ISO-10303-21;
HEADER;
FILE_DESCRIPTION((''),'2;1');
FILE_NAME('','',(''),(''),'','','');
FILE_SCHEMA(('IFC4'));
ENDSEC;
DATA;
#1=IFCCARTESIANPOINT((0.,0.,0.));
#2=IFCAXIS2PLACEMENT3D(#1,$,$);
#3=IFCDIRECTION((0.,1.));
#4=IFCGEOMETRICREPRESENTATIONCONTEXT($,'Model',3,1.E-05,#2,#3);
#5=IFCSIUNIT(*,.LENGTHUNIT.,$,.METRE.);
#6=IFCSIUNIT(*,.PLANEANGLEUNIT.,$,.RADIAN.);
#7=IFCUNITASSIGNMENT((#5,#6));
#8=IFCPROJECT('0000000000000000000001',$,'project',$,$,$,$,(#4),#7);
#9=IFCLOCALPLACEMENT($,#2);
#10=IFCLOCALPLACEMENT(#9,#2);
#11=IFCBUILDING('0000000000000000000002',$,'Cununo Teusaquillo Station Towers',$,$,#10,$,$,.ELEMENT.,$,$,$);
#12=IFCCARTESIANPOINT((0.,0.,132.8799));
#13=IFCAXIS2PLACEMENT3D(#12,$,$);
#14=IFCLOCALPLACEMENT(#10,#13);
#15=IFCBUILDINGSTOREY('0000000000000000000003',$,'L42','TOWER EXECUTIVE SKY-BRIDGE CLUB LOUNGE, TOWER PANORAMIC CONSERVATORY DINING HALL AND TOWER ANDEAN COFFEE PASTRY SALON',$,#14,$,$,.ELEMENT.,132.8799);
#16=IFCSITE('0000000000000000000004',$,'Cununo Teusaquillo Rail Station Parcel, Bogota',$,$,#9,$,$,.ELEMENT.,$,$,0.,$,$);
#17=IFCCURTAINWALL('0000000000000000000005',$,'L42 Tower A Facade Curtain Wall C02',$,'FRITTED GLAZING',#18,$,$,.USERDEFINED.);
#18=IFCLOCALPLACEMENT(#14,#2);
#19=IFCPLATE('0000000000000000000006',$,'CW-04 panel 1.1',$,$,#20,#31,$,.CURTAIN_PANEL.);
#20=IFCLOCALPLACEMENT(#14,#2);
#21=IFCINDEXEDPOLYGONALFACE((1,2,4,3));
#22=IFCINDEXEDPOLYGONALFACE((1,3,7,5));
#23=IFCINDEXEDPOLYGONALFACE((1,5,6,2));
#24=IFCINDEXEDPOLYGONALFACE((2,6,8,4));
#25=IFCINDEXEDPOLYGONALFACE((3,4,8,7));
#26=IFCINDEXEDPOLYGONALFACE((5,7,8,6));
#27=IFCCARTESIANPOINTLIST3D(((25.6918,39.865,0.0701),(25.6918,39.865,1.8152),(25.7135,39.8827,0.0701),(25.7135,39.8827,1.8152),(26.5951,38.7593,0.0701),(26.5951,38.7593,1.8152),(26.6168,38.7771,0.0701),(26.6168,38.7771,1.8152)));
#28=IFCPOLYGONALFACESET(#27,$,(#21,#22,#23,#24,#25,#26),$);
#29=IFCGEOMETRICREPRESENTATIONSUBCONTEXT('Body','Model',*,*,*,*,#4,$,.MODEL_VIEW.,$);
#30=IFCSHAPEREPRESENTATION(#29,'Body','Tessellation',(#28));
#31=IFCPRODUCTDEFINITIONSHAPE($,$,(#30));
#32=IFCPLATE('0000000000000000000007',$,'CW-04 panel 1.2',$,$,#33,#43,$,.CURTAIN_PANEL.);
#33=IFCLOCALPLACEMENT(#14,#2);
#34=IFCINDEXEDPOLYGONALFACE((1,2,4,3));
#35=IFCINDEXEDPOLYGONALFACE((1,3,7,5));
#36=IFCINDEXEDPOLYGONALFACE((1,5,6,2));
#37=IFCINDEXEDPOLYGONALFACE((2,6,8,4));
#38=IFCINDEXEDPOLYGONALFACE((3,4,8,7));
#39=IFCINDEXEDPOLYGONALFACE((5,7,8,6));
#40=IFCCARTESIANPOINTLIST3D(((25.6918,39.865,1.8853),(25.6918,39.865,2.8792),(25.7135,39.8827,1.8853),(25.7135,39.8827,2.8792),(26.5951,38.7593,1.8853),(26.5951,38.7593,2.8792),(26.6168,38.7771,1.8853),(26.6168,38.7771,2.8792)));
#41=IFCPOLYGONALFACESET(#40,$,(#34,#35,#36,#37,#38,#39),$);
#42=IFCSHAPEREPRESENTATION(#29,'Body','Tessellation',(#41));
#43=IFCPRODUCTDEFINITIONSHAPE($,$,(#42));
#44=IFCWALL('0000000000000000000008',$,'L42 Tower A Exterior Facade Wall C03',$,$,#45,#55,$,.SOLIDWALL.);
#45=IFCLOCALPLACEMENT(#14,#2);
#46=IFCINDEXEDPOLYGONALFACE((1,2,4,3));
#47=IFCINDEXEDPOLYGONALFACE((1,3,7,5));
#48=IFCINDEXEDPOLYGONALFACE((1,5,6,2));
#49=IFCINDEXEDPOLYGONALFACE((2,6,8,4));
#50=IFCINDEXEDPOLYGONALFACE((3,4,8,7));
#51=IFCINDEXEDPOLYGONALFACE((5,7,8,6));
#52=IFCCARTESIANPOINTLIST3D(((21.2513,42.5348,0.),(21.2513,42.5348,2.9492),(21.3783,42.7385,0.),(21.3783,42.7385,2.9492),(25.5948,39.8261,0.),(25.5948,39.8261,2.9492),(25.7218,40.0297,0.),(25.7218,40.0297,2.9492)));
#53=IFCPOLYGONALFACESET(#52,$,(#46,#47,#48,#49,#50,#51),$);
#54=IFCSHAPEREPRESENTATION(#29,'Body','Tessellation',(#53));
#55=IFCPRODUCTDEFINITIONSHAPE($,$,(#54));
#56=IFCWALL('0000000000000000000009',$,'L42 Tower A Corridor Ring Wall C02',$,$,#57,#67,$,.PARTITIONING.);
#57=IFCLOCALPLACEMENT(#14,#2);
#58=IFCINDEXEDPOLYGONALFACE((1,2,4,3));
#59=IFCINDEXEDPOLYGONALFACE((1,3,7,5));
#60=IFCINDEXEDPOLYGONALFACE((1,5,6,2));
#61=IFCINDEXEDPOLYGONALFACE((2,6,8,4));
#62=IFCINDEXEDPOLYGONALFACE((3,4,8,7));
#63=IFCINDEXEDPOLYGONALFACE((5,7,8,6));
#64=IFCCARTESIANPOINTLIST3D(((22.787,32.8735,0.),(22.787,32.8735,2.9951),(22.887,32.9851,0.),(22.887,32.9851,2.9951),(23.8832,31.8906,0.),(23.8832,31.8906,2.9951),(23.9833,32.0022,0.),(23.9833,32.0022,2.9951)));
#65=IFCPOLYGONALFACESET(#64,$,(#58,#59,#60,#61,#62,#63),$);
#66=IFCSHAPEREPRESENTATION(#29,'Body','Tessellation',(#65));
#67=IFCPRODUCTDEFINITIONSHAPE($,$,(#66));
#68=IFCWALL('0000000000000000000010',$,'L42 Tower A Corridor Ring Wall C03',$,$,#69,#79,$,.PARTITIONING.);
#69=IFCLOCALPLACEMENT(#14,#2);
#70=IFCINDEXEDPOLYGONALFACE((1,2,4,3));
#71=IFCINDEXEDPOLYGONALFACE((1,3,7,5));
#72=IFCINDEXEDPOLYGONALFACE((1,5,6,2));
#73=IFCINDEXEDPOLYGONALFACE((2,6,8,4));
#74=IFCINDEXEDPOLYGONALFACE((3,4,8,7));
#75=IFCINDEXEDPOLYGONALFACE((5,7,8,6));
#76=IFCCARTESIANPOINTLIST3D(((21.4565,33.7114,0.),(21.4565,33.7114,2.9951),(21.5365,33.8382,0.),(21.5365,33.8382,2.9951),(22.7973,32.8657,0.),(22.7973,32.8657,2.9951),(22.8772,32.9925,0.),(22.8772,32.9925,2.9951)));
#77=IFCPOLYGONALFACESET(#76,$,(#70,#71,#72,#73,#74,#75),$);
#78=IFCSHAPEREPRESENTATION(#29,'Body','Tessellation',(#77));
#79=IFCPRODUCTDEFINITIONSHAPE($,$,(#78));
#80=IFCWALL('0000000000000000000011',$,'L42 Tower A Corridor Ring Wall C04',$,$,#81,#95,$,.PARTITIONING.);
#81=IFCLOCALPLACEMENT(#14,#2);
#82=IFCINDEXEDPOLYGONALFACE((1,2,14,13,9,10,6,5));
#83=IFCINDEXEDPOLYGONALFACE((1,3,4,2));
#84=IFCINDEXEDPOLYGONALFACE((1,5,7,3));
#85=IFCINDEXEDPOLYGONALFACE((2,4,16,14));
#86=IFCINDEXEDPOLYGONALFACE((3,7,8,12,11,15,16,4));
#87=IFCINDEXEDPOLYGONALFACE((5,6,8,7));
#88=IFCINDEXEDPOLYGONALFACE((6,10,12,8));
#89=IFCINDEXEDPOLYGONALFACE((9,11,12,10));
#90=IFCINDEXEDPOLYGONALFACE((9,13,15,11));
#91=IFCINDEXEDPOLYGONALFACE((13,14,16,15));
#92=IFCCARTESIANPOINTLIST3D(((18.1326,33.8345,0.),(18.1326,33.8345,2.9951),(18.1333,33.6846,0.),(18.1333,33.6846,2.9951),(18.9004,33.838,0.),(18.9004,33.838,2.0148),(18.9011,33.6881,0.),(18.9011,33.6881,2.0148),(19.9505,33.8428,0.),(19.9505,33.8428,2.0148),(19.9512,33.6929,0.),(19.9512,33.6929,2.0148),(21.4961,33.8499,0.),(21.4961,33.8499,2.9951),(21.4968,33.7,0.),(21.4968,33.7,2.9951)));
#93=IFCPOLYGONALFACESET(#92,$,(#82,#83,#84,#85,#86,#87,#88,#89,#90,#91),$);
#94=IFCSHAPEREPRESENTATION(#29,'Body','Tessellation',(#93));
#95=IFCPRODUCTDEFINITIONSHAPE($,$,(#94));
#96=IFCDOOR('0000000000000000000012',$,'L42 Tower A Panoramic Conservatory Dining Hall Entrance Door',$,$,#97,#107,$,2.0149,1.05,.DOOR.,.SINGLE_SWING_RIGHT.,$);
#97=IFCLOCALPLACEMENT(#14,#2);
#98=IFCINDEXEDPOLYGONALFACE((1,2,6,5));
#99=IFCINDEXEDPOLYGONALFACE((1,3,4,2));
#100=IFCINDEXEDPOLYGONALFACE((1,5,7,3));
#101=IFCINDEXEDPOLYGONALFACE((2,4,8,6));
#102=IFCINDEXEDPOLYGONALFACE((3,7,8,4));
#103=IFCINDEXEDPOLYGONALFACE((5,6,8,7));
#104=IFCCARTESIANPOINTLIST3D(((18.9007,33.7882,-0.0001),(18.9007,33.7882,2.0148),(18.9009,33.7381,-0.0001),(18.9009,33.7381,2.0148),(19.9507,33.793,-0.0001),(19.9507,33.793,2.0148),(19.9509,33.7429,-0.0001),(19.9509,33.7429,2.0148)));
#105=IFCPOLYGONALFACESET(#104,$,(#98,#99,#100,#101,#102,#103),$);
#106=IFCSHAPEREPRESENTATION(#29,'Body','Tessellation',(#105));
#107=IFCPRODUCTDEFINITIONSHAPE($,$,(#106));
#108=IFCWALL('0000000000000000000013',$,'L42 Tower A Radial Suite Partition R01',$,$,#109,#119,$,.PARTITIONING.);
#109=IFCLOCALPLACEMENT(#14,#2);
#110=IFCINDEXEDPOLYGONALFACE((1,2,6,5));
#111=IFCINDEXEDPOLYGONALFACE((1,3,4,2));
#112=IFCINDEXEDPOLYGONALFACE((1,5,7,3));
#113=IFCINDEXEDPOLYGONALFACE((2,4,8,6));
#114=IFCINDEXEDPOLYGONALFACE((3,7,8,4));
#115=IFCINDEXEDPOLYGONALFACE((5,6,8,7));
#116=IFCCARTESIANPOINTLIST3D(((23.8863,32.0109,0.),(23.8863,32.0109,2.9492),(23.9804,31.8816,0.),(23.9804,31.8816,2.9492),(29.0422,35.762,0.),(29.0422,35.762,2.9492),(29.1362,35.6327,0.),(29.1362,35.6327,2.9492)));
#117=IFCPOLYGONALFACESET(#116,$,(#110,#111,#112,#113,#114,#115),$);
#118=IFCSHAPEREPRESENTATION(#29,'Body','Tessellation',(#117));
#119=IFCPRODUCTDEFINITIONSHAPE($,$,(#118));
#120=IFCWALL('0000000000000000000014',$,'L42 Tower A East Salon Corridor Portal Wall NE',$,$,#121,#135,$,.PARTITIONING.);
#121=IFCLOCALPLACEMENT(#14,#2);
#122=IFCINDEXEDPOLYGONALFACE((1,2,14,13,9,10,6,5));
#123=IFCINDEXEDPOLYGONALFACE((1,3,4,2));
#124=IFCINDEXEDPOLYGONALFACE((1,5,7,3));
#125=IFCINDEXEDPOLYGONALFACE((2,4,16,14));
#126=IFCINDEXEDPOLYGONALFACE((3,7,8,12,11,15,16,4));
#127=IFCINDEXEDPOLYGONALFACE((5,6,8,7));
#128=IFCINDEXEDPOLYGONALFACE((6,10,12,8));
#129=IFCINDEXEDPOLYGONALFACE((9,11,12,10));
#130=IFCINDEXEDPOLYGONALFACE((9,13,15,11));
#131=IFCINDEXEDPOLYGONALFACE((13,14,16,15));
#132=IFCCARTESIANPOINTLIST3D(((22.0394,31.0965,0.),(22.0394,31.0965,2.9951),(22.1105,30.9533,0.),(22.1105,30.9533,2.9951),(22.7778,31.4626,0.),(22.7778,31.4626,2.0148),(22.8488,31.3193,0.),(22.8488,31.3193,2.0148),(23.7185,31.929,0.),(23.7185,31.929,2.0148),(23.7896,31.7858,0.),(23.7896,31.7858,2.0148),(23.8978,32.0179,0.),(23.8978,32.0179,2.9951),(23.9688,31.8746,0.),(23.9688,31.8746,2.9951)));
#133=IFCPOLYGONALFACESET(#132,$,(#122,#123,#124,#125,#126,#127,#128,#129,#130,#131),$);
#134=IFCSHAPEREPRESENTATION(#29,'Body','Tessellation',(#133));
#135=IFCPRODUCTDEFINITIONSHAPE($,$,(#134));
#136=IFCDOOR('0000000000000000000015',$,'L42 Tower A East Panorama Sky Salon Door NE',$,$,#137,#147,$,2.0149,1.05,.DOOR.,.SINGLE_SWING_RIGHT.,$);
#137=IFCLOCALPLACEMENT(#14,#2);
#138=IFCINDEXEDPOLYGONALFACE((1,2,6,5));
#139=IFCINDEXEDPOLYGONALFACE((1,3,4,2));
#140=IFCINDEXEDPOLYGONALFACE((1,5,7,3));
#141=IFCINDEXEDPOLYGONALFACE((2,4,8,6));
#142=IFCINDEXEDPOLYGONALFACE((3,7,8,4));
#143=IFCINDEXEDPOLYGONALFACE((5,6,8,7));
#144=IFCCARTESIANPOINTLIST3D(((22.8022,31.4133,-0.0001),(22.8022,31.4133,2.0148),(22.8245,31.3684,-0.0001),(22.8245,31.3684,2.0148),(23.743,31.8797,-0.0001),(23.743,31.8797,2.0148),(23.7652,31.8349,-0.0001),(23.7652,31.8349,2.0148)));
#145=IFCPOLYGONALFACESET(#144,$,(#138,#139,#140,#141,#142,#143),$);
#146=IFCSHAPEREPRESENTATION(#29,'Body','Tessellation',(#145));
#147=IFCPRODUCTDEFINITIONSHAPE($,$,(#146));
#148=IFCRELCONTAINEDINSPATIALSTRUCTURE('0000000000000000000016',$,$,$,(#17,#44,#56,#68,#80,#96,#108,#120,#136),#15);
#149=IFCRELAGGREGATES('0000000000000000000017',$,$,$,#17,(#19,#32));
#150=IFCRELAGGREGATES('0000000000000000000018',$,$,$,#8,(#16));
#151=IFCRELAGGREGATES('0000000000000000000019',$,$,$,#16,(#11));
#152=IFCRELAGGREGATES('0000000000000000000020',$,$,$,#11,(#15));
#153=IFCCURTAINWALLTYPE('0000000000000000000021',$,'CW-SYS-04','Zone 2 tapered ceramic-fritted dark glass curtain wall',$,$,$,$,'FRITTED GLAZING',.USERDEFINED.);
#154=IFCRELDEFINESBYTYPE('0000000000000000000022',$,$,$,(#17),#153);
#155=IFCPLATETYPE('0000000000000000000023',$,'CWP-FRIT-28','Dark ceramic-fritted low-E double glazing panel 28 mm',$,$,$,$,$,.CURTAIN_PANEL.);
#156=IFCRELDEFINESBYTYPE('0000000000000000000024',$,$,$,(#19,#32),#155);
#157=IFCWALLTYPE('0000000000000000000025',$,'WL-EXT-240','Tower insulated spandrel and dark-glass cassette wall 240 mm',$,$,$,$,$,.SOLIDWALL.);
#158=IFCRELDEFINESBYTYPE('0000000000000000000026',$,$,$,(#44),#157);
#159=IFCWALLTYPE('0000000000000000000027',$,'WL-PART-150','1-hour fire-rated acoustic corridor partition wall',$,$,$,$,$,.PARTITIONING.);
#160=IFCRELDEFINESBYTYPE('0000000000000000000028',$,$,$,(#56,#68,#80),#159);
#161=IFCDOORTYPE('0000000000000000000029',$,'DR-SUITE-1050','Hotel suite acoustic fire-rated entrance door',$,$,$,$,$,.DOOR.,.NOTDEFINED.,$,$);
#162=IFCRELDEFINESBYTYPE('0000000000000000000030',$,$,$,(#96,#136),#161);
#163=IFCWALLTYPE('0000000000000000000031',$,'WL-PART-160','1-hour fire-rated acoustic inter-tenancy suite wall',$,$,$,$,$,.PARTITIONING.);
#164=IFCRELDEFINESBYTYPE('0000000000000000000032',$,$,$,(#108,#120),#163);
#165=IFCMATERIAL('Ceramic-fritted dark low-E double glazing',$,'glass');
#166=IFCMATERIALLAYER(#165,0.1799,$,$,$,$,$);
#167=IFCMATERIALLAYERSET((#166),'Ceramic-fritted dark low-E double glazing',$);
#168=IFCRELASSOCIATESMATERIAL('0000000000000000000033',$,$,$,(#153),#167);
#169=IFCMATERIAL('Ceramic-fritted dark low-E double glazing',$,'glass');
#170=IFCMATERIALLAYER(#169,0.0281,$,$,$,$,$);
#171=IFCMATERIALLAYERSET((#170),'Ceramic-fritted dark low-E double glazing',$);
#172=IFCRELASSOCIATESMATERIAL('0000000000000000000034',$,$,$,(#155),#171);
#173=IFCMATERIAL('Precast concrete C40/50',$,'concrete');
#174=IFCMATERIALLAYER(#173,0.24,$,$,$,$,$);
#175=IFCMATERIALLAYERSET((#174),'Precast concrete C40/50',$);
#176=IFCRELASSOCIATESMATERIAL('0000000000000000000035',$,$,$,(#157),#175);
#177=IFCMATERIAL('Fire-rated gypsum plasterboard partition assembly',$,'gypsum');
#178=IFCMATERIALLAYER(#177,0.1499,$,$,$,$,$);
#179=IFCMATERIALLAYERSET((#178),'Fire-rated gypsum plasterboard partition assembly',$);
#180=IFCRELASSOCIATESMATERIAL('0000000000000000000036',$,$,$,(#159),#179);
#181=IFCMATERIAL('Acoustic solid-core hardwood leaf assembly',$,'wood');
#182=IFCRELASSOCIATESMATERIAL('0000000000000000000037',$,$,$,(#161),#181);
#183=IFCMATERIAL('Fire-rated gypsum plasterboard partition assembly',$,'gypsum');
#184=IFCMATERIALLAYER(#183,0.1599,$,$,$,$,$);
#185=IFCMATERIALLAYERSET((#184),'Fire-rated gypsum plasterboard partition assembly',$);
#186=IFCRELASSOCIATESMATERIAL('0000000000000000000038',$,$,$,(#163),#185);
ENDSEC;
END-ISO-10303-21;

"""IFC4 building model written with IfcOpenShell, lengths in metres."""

from ifc_helpers import new_model, si_unit, direction, frame, frame_2d, origin, origin_2d, place, context, subcontext, project, spatial, rectangle, extrude, source, transform, mapped, material, layer, layer_set, type_object, element, fill, aggregate, save


model = new_model("IFC4")

# Units and contexts
model_context = context("Model", 3, precision=1e-05, world=origin(), true_north=direction((0.0, 1.0)))
body_context = subcontext(model_context, "Body", "Model", "MODEL_VIEW")
ifc_project = project(units=[si_unit("LENGTHUNIT", "METRE"), si_unit("PLANEANGLEUNIT", "RADIAN")], contexts=[model_context])

# Site, building, storey
site_placement = place(None, origin())
site = spatial("IfcSite", under=ifc_project, at=site_placement, Name="Cununo Teusaquillo Rail Station Parcel, Bogota", CompositionType="ELEMENT", RefElevation=0.0)
building_placement = place(site_placement, origin())
building = spatial("IfcBuilding", under=site, at=building_placement, Name="Cununo Teusaquillo Station Towers", CompositionType="ELEMENT")
storey_placement = place(building_placement, frame((0.0, 0.0, 132.8799)))
storey = spatial("IfcBuildingStorey", under=building, at=storey_placement, Name="L42", Description="TOWER EXECUTIVE SKY-BRIDGE CLUB LOUNGE, TOWER PANORAMIC CONSERVATORY DINING HALL AND TOWER ANDEAN COFFEE PASTRY SALON", CompositionType="ELEMENT", Elevation=132.8799)

# Curtain wall
ifc_material_1 = material(Name="Ceramic-fritted dark low-E double glazing", Category="glass")
ifc_layer_1 = layer(ifc_material_1, 0.1799)
ifc_layer_set_1 = layer_set([ifc_layer_1], Name="Ceramic-fritted dark low-E double glazing")
curtain_wall_type = type_object("IfcCurtainWallType", Name="CW-SYS-04", Description="Zone 2 tapered ceramic-fritted dark glass curtain wall", ElementType="FRITTED GLAZING", PredefinedType="USERDEFINED", material=ifc_layer_set_1)
curtain_wall_placement = place(storey_placement, origin())
curtain_wall = element("IfcCurtainWall", 1, at=curtain_wall_placement, inside=storey, type_object=curtain_wall_type, Name="L42 Tower A Facade Curtain Wall C02", ObjectType="FRITTED GLAZING", PredefinedType="USERDEFINED")

# Plates
ifc_material_2 = material(Name="Ceramic-fritted dark low-E double glazing", Category="glass")
ifc_layer_2 = layer(ifc_material_2, 0.0281)
ifc_layer_set_2 = layer_set([ifc_layer_2], Name="Ceramic-fritted dark low-E double glazing")
plate_type = type_object("IfcPlateType", Name="CWP-FRIT-28", Description="Dark ceramic-fritted low-E double glazing panel 28 mm", PredefinedType="CURTAIN_PANEL", material=ifc_layer_set_2)
shared_shape_1 = source(origin(), body_context, "Body", "SweptSolid", [
    extrude(rectangle(XDim=1.4277, YDim=0.0281, at=origin_2d()), origin(), (0.0, 0.0, 1.0), 1.7451),
])
plate_1_placement = place(storey_placement, frame((26.1543, 39.321, 0.0701), z_axis=(0.0, 0.0, 1.0), x_axis=(0.632704, -0.774394, 0.0)))
plate_1 = element("IfcPlate", 2, at=plate_1_placement, type_object=plate_type, Name="CW-04 panel 1.1", PredefinedType="CURTAIN_PANEL", context=body_context, shape_type="MappedRepresentation", body=[
    mapped(shared_shape_1, transform((0.0, 0.0, 0.0), x_axis=(1.0, 0.0, 0.0), y_axis=(0.0, 1.0, 0.0), z_axis=(0.0, 0.0, 1.0), scale=1.0)),
])
shared_shape_2 = source(origin(), body_context, "Body", "SweptSolid", [
    extrude(rectangle(XDim=1.4277, YDim=0.0281, at=origin_2d()), origin(), (0.0, 0.0, 1.0), 0.9939),
])
plate_2_placement = place(storey_placement, frame((26.1543, 39.321, 1.8853), z_axis=(0.0, 0.0, 1.0), x_axis=(0.632704, -0.774394, 0.0)))
plate_2 = element("IfcPlate", 3, at=plate_2_placement, type_object=plate_type, Name="CW-04 panel 1.2", PredefinedType="CURTAIN_PANEL", context=body_context, shape_type="MappedRepresentation", body=[
    mapped(shared_shape_2, transform((0.0, 0.0, 0.0), x_axis=(1.0, 0.0, 0.0), y_axis=(0.0, 1.0, 0.0), z_axis=(0.0, 0.0, 1.0), scale=1.0)),
])
aggregate(curtain_wall, [plate_1, plate_2])

# Walls
ifc_material_3 = material(Name="Precast concrete C40/50", Category="concrete")
ifc_layer_3 = layer(ifc_material_3, 0.24)
ifc_layer_set_3 = layer_set([ifc_layer_3], Name="Precast concrete C40/50")
wall_type_1 = type_object("IfcWallType", Name="WL-EXT-240", Description="Tower insulated spandrel and dark-glass cassette wall 240 mm", PredefinedType="SOLIDWALL", material=ifc_layer_set_3)
wall_1_placement = place(storey_placement, frame((21.3147, 42.6367, 0.0), z_axis=(0.0, 0.0, 1.0), x_axis=(0.84852, -0.529163, 0.0)))
element("IfcWall", 4, at=wall_1_placement, inside=storey, type_object=wall_type_1, Name="L42 Tower A Exterior Facade Wall C03", PredefinedType="SOLIDWALL", context=body_context, shape_type="SweptSolid", body=[
    extrude(rectangle(XDim=5.1189, YDim=0.24, at=frame_2d((2.5596, 0.0))), origin(), (0.0, 0.0, 1.0), 2.9492),
])
ifc_material_4 = material(Name="Fire-rated gypsum plasterboard partition assembly", Category="gypsum")
ifc_layer_4 = layer(ifc_material_4, 0.1499)
ifc_layer_set_4 = layer_set([ifc_layer_4], Name="Fire-rated gypsum plasterboard partition assembly")
wall_type_2 = type_object("IfcWallType", Name="WL-PART-150", Description="1-hour fire-rated acoustic corridor partition wall", PredefinedType="PARTITIONING", material=ifc_layer_set_4)
wall_2_placement = place(storey_placement, frame((23.9333, 31.9463, 0.0), z_axis=(0.0, 0.0, 1.0), x_axis=(-0.74453, 0.667589, 0.0)))
element("IfcWall", 5, at=wall_2_placement, inside=storey, type_object=wall_type_2, Name="L42 Tower A Corridor Ring Wall C02", PredefinedType="PARTITIONING", context=body_context, shape_type="SweptSolid", body=[
    extrude(rectangle(XDim=1.4724, YDim=0.1499, at=frame_2d((0.7363, 0.0))), origin(), (0.0, 0.0, 1.0), 2.9951),
])
wall_3_placement = place(storey_placement, frame((22.8372, 32.9292, 0.0), z_axis=(0.0, 0.0, 1.0), x_axis=(-0.845811, 0.533483, 0.0)))
element("IfcWall", 6, at=wall_3_placement, inside=storey, type_object=wall_type_2, Name="L42 Tower A Corridor Ring Wall C03", PredefinedType="PARTITIONING", context=body_context, shape_type="SweptSolid", body=[
    extrude(rectangle(XDim=1.5852, YDim=0.1499, at=frame_2d((0.7925, 0.0))), origin(), (0.0, 0.0, 1.0), 2.9951),
])

# Wall, opening, door
wall_4_placement = place(storey_placement, frame((21.4963, 33.7749, 0.0), z_axis=(0.0, 0.0, 1.0), x_axis=(-0.99999, -0.004573, 0.0)))
wall_4 = element("IfcWall", 7, at=wall_4_placement, inside=storey, type_object=wall_type_2, Name="L42 Tower A Corridor Ring Wall C04", PredefinedType="PARTITIONING", context=body_context, shape_type="SweptSolid", body=[
    extrude(rectangle(XDim=3.3635, YDim=0.1499, at=frame_2d((1.6816, 0.0))), origin(), (0.0, 0.0, 1.0), 2.9951),
])
shared_shape_3 = source(origin(), body_context, "Body", "SweptSolid", [
    extrude(rectangle(XDim=1.05, YDim=2.0149, at=frame_2d((0.5249, 1.0073))), frame((0.0, 0.085, 0.0), z_axis=(0.0, -1.0, 0.0), x_axis=(1.0, 0.0, 0.0)), (0.0, 0.0, 1.0), 0.1699),
])
opening_1_placement = place(wall_4_placement, frame((1.5457, 0.0, 0.0)))
opening_1 = element("IfcOpeningElement", 8, at=opening_1_placement, cuts=wall_4, PredefinedType="OPENING", context=body_context, shape_type="MappedRepresentation", body=[
    mapped(shared_shape_3, transform((0.0, 0.0, 0.0), x_axis=(1.0, 0.0, 0.0), y_axis=(0.0, 1.0, 0.0), z_axis=(0.0, 0.0, 1.0), scale=1.0)),
])
ifc_material_5 = material(Name="Acoustic solid-core hardwood leaf assembly", Category="wood")
door_type = type_object("IfcDoorType", Name="DR-SUITE-1050", Description="Hotel suite acoustic fire-rated entrance door", OperationType="NOTDEFINED", PredefinedType="DOOR", material=ifc_material_5)
shared_shape_4 = source(origin(), body_context, "Body", "SweptSolid", [
    extrude(rectangle(XDim=1.05, YDim=2.0149, at=frame_2d((0.5249, 1.0073))), frame((0.0, 0.0249, 0.0), z_axis=(0.0, -1.0, 0.0), x_axis=(1.0, 0.0, 0.0)), (0.0, 0.0, 1.0), 0.05),
])
door_1_placement = place(opening_1_placement, origin())
door_1 = element("IfcDoor", 9, at=door_1_placement, inside=storey, type_object=door_type, Name="L42 Tower A Panoramic Conservatory Dining Hall Entrance Door", OperationType="SINGLE_SWING_RIGHT", OverallHeight=2.0149, OverallWidth=1.05, PredefinedType="DOOR", context=body_context, shape_type="MappedRepresentation", body=[
    mapped(shared_shape_4, transform((0.0, 0.0, 0.0), x_axis=(1.0, 0.0, 0.0), y_axis=(0.0, 1.0, 0.0), z_axis=(0.0, 0.0, 1.0), scale=1.0)),
])
fill(opening_1, door_1)

# Wall
ifc_material_6 = material(Name="Fire-rated gypsum plasterboard partition assembly", Category="gypsum")
ifc_layer_5 = layer(ifc_material_6, 0.1599)
ifc_layer_set_5 = layer_set([ifc_layer_5], Name="Fire-rated gypsum plasterboard partition assembly")
wall_type_3 = type_object("IfcWallType", Name="WL-PART-160", Description="1-hour fire-rated acoustic inter-tenancy suite wall", PredefinedType="PARTITIONING", material=ifc_layer_set_5)
wall_5_placement = place(storey_placement, frame((23.9333, 31.9463, 0.0), z_axis=(0.0, 0.0, 1.0), x_axis=(0.808637, 0.588308, 0.0)))
element("IfcWall", 10, at=wall_5_placement, inside=storey, type_object=wall_type_3, Name="L42 Tower A Radial Suite Partition R01", PredefinedType="PARTITIONING", context=body_context, shape_type="SweptSolid", body=[
    extrude(rectangle(XDim=6.376, YDim=0.1599, at=frame_2d((3.188, 0.0))), origin(), (0.0, 0.0, 1.0), 2.9492),
])

# Wall, opening, door
wall_6_placement = place(storey_placement, frame((22.075, 31.0249, 0.0), z_axis=(0.0, 0.0, 1.0), x_axis=(0.895929, 0.444198, 0.0)))
wall_6 = element("IfcWall", 11, at=wall_6_placement, inside=storey, type_object=wall_type_3, Name="L42 Tower A East Salon Corridor Portal Wall NE", PredefinedType="PARTITIONING", context=body_context, shape_type="SweptSolid", body=[
    extrude(rectangle(XDim=2.0742, YDim=0.1599, at=frame_2d((1.0371, 0.0))), origin(), (0.0, 0.0, 1.0), 2.9951),
])
shared_shape_5 = source(origin(), body_context, "Body", "SweptSolid", [
    extrude(rectangle(XDim=1.05, YDim=2.0149, at=frame_2d((0.5249, 1.0073))), frame((0.0, 0.0898, 0.0), z_axis=(0.0, -1.0, 0.0), x_axis=(1.0, 0.0, 0.0)), (0.0, 0.0, 1.0), 0.1799),
])
opening_2_placement = place(wall_6_placement, frame((0.8242, 0.0, 0.0)))
opening_2 = element("IfcOpeningElement", 12, at=opening_2_placement, cuts=wall_6, PredefinedType="OPENING", context=body_context, shape_type="MappedRepresentation", body=[
    mapped(shared_shape_5, transform((0.0, 0.0, 0.0), x_axis=(1.0, 0.0, 0.0), y_axis=(0.0, 1.0, 0.0), z_axis=(0.0, 0.0, 1.0), scale=1.0)),
])
door_2_placement = place(opening_2_placement, origin())
door_2 = element("IfcDoor", 13, at=door_2_placement, inside=storey, type_object=door_type, Name="L42 Tower A East Panorama Sky Salon Door NE", OperationType="SINGLE_SWING_RIGHT", OverallHeight=2.0149, OverallWidth=1.05, PredefinedType="DOOR", context=body_context, shape_type="MappedRepresentation", body=[
    mapped(shared_shape_4, transform((0.0, 0.0, 0.0), x_axis=(1.0, 0.0, 0.0), y_axis=(0.0, 1.0, 0.0), z_axis=(0.0, 0.0, 1.0), scale=1.0)),
])
fill(opening_2, door_2)

save(model, "model.ifc")
